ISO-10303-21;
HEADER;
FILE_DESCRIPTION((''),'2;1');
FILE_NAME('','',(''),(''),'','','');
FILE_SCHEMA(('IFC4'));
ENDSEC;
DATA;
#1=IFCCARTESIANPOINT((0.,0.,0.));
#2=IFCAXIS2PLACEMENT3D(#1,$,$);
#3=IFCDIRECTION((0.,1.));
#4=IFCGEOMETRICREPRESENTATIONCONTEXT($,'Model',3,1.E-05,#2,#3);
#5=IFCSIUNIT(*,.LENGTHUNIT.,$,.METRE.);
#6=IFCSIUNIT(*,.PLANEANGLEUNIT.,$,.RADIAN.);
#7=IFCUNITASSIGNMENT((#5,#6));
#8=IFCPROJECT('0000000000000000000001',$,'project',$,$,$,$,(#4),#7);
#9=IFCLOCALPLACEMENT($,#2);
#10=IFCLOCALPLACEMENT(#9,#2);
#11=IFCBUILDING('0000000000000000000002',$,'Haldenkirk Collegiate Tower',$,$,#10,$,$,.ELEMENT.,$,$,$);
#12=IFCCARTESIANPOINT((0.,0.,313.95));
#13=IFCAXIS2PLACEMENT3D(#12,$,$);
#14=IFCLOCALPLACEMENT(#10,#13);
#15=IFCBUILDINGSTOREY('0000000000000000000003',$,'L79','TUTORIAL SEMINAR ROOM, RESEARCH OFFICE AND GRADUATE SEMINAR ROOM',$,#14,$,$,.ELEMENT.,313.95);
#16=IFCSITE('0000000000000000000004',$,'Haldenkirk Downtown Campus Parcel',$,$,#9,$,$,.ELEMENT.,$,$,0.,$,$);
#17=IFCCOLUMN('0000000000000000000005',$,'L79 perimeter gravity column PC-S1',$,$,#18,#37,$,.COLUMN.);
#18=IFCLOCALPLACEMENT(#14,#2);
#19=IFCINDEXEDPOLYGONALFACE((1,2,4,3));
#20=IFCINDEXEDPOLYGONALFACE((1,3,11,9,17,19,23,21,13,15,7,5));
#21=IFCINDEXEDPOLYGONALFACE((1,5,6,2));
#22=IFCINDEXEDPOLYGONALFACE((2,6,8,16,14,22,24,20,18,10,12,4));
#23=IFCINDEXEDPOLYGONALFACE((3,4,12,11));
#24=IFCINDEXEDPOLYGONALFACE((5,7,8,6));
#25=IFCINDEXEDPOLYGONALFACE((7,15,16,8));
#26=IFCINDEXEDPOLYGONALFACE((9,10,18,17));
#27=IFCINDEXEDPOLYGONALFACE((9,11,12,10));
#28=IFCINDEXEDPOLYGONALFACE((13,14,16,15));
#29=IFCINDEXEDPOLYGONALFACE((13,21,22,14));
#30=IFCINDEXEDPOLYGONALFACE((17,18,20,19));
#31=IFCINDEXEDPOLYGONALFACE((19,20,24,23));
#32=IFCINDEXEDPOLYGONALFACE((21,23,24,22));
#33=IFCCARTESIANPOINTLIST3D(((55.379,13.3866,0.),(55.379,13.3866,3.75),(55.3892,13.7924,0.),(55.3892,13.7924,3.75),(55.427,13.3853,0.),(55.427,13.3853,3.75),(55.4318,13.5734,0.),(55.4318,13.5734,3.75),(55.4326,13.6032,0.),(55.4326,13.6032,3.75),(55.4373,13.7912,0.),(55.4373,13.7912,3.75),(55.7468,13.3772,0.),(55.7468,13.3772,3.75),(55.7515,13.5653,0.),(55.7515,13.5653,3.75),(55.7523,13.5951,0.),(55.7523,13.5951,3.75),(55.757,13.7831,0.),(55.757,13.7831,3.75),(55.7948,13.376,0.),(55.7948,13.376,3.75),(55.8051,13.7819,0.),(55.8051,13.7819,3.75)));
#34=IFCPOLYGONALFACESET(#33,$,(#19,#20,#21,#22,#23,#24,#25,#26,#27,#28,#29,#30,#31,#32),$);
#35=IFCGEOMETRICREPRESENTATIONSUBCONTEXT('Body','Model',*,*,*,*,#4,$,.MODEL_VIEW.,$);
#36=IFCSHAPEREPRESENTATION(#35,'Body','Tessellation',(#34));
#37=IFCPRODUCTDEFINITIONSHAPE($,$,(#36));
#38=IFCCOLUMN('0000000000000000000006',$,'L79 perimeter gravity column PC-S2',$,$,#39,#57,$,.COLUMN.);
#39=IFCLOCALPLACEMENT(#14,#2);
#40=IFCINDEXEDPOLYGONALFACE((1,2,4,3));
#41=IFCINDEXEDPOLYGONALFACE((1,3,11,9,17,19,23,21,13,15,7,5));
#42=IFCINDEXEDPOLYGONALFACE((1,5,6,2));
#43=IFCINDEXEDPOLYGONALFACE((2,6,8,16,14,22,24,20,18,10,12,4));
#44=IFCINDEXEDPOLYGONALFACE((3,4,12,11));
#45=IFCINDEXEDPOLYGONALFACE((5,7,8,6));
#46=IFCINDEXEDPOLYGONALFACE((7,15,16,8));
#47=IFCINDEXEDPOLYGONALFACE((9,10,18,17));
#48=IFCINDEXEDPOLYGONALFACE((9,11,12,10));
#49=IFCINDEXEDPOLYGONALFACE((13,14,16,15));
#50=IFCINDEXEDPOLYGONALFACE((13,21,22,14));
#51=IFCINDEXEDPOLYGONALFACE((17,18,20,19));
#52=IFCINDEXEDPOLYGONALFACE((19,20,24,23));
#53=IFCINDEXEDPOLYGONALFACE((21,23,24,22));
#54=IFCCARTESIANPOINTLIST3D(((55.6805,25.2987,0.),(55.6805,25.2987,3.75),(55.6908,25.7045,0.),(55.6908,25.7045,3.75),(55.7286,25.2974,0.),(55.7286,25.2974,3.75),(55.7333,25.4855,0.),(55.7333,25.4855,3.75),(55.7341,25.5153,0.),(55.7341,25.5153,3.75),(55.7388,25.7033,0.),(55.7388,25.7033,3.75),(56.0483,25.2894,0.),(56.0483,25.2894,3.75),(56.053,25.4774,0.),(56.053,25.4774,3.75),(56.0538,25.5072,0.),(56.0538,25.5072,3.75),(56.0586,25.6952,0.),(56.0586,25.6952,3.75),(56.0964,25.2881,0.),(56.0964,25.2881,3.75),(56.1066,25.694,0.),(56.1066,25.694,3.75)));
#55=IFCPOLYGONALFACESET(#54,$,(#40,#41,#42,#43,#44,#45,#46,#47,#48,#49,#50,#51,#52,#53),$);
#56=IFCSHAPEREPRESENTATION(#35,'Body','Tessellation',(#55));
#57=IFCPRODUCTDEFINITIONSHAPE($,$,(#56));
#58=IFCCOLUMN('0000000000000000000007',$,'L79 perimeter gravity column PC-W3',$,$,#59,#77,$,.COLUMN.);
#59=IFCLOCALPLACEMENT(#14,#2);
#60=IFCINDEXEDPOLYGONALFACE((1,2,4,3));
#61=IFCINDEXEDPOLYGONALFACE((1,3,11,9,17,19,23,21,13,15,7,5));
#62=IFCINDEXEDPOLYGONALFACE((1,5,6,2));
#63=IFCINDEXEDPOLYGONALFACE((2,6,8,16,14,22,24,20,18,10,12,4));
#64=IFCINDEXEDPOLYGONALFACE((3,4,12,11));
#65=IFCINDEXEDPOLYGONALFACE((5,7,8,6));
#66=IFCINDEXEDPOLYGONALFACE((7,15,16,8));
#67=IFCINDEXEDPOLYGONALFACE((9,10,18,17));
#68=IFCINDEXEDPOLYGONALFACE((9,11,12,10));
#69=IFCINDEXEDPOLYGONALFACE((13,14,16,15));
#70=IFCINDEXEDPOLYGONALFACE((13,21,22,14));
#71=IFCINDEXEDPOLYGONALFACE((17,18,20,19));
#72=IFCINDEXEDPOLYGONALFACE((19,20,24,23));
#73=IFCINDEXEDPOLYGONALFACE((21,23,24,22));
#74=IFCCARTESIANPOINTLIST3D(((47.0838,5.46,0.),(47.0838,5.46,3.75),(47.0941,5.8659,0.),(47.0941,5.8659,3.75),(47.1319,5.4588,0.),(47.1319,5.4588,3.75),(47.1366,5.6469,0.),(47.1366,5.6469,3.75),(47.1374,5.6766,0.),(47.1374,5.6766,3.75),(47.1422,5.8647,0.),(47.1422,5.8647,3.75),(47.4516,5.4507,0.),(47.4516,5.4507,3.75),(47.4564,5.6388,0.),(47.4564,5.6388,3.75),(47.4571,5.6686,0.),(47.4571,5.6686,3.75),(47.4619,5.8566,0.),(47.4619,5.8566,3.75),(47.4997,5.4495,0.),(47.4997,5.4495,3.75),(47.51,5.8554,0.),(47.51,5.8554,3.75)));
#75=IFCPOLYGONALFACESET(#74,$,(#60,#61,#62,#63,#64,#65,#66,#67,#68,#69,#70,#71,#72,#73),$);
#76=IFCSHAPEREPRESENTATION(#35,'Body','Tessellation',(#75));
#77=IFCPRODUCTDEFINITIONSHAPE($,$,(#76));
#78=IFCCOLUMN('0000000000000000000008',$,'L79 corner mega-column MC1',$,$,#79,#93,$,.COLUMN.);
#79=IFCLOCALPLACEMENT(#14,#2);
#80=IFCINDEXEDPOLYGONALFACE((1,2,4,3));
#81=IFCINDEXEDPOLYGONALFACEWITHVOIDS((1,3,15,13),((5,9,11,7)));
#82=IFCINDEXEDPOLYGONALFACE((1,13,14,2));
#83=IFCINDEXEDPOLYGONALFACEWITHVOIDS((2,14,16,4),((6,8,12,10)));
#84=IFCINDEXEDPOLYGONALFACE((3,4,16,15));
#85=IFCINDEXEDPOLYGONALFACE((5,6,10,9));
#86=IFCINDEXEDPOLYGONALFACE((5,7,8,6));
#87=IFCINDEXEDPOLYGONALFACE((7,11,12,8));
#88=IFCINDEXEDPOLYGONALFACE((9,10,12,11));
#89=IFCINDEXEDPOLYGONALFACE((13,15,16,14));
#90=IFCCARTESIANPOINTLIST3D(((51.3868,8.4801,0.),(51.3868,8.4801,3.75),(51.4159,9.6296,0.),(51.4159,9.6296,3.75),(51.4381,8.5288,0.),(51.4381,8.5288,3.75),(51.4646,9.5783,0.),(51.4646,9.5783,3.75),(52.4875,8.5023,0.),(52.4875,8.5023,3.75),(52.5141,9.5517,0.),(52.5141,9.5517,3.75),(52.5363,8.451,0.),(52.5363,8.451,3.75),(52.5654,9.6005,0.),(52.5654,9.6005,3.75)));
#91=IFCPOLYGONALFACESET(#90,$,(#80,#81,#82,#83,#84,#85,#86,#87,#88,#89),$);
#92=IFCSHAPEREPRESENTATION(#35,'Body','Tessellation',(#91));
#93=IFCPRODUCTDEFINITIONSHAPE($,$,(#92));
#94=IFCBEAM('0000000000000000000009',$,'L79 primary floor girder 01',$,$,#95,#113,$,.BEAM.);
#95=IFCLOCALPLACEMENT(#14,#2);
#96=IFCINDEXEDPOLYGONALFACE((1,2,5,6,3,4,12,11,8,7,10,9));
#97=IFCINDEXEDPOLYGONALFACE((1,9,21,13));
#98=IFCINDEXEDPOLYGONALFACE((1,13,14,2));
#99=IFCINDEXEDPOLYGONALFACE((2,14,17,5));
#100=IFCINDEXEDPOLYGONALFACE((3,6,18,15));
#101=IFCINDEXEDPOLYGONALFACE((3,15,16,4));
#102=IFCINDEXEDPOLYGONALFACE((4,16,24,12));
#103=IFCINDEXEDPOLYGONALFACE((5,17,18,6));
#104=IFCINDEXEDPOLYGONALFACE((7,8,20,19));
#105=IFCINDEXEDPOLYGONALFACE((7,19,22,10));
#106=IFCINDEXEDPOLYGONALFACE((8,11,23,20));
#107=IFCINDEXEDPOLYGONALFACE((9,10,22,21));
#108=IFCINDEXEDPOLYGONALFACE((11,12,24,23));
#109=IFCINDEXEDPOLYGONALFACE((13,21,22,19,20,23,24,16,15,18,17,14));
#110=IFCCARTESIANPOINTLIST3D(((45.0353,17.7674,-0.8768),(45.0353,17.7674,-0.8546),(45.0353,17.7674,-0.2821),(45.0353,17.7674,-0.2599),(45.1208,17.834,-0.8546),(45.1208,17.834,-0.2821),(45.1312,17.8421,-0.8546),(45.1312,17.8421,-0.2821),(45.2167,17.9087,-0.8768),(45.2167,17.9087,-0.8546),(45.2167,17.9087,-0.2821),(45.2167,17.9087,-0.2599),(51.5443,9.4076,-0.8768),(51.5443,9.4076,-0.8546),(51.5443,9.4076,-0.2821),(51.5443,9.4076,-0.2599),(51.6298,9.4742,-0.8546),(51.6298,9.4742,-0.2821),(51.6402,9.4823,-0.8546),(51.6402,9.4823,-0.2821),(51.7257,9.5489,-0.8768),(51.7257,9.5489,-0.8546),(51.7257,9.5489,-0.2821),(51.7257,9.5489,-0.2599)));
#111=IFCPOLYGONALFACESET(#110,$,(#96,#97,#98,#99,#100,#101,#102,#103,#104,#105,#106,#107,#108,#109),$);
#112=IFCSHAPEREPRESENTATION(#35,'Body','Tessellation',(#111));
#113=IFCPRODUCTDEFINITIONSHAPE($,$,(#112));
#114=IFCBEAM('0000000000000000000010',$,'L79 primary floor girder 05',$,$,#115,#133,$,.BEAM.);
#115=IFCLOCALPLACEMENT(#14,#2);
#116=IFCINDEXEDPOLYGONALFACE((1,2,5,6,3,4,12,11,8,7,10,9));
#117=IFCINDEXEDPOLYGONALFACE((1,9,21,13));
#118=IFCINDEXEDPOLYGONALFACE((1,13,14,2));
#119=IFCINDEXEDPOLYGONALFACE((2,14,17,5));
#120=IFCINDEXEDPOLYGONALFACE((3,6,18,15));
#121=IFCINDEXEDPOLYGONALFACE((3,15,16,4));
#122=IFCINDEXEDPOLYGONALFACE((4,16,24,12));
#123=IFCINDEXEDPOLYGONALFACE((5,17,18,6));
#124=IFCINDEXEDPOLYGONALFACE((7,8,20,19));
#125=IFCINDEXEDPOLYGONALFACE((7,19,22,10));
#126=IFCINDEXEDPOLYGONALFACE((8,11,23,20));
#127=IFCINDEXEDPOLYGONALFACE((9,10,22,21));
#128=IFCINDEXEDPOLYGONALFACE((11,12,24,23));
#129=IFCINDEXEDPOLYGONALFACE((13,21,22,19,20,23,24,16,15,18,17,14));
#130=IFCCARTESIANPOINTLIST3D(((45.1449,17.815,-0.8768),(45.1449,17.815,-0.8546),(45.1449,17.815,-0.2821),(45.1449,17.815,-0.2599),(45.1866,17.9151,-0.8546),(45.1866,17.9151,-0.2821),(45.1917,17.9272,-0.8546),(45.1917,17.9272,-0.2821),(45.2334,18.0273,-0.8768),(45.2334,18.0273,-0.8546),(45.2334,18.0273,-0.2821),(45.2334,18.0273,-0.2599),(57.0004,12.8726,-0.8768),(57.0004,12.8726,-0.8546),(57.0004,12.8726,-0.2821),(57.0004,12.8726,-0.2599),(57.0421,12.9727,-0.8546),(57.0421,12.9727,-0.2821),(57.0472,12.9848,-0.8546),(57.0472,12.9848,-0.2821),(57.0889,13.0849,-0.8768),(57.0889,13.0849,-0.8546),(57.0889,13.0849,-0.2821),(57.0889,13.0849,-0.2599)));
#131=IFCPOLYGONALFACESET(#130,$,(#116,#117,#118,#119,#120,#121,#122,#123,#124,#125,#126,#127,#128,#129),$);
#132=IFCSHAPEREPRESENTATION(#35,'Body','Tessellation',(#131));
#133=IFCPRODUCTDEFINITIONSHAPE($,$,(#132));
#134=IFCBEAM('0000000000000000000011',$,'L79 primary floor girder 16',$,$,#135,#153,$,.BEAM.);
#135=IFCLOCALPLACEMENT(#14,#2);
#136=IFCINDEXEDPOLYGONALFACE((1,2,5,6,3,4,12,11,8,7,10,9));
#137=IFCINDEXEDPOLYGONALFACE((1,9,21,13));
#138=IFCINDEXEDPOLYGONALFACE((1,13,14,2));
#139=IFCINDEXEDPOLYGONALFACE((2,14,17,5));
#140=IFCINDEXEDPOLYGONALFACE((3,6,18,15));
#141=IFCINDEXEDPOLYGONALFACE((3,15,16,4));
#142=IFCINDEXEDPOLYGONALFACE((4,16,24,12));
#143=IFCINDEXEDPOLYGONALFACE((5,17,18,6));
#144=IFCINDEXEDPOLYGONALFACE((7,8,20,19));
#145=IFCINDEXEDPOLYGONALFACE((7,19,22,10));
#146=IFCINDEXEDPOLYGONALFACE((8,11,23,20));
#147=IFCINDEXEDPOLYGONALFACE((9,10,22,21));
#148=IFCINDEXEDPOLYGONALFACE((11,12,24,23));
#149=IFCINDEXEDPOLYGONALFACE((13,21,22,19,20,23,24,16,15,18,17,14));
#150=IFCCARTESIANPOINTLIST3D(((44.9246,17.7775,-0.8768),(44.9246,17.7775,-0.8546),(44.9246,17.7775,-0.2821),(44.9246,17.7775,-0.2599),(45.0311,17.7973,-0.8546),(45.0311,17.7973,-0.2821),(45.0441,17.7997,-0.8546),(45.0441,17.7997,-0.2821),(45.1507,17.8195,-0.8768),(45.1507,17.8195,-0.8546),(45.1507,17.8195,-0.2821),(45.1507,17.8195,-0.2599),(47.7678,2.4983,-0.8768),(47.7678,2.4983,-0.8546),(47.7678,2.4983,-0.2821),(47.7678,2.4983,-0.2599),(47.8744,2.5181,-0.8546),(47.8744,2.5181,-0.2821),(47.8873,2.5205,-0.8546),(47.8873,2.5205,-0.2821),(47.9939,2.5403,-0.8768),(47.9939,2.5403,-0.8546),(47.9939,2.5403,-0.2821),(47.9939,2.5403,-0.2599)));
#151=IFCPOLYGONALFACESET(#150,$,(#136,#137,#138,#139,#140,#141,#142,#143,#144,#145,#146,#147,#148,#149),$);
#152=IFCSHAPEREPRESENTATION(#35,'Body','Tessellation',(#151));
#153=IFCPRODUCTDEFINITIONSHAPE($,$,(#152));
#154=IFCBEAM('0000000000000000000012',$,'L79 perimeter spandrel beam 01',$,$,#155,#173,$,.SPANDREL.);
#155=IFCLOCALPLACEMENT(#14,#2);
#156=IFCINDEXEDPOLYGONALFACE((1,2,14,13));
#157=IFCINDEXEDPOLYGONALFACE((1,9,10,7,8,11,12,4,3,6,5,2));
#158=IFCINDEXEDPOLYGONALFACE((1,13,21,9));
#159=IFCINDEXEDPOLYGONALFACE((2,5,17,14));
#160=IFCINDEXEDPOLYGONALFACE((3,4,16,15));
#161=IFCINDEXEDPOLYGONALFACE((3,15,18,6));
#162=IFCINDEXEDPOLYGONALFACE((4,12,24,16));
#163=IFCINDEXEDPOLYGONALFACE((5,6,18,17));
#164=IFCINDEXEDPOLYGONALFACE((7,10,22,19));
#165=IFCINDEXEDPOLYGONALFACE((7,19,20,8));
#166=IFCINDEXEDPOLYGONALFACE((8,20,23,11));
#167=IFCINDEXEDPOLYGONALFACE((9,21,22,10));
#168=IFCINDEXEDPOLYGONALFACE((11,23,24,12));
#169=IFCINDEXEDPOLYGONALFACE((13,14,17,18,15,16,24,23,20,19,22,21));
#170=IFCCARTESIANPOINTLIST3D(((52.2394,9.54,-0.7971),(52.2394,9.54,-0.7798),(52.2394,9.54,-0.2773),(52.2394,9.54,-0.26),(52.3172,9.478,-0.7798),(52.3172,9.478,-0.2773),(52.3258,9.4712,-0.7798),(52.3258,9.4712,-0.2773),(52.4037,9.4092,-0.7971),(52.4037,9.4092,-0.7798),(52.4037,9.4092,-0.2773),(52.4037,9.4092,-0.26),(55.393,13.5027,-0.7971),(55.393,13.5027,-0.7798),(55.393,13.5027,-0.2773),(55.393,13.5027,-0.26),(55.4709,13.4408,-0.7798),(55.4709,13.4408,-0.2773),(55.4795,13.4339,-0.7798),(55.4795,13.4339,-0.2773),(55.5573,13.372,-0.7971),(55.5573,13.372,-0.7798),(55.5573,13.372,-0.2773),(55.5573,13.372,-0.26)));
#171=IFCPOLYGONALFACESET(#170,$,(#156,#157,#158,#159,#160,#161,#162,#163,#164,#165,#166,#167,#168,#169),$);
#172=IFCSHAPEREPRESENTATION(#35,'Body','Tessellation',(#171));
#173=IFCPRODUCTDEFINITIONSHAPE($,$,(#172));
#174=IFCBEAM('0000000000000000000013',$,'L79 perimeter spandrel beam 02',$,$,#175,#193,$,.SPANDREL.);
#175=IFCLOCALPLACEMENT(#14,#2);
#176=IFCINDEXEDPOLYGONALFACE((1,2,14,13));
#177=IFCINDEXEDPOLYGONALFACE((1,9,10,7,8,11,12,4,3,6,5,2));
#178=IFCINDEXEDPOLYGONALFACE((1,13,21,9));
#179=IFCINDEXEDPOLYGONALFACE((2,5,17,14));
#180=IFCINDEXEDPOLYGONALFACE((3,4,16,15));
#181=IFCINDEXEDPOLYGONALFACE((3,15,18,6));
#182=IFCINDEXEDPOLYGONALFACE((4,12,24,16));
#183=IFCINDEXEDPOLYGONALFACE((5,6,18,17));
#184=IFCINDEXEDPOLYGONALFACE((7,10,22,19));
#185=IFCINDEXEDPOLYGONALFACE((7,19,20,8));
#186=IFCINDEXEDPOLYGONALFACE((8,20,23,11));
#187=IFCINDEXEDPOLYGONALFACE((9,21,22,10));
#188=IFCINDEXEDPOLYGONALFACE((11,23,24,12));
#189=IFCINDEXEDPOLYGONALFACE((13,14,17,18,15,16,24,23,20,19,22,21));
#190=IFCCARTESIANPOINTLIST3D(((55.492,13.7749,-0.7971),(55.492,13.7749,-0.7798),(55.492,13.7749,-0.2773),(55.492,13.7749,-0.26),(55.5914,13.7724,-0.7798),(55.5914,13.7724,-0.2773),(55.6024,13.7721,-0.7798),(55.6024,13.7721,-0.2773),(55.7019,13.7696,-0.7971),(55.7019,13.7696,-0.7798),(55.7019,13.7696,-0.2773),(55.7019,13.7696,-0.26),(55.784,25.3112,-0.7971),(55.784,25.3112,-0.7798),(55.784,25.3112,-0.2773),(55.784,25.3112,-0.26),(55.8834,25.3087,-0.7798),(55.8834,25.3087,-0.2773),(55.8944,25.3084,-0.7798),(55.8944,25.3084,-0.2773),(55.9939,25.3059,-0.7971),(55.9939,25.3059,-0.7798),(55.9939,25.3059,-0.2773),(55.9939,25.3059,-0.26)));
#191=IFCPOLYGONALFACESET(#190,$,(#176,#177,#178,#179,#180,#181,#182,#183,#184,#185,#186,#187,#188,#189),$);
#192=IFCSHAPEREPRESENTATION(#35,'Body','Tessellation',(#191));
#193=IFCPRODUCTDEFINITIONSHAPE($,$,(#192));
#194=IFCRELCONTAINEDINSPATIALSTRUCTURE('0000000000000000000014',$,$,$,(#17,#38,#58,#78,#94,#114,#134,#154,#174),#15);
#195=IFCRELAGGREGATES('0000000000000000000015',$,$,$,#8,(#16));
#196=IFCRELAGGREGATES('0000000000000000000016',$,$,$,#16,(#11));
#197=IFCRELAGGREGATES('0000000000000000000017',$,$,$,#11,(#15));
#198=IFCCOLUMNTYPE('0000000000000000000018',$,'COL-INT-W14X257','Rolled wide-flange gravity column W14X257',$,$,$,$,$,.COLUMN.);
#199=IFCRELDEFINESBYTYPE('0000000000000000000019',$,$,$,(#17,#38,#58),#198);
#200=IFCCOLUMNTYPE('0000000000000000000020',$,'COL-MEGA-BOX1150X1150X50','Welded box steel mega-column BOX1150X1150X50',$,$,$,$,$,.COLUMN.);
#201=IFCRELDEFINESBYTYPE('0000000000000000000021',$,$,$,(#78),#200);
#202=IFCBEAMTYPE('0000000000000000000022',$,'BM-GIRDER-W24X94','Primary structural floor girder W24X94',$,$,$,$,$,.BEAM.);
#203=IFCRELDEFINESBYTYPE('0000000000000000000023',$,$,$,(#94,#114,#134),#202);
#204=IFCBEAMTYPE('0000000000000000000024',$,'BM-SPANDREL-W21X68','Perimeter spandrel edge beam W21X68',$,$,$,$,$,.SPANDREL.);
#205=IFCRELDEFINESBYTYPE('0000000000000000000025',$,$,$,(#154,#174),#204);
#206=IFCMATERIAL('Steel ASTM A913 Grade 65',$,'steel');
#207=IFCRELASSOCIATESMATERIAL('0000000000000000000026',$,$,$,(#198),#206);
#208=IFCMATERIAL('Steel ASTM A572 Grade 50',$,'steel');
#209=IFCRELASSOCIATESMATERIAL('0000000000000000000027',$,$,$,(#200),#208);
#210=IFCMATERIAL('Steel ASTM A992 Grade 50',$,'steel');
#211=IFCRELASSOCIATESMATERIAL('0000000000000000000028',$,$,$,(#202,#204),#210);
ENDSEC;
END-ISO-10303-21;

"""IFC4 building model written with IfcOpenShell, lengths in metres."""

from ifc_helpers import new_model, si_unit, direction, frame, origin, origin_2d, place, context, subcontext, project, spatial, hollow_rectangle, i_section, extrude, material, material_profile, profile_set, type_object, element, save


model = new_model("IFC4")

# Units and contexts
model_context = context("Model", 3, precision=1e-05, world=origin(), true_north=direction((0.0, 1.0)))
body_context = subcontext(model_context, "Body", "Model", "MODEL_VIEW")
ifc_project = project(units=[si_unit("LENGTHUNIT", "METRE"), si_unit("PLANEANGLEUNIT", "RADIAN")], contexts=[model_context])

# Site, building, storey
site_placement = place(None, origin())
site = spatial("IfcSite", under=ifc_project, at=site_placement, Name="Haldenkirk Downtown Campus Parcel", CompositionType="ELEMENT", RefElevation=0.0)
building_placement = place(site_placement, origin())
building = spatial("IfcBuilding", under=site, at=building_placement, Name="Haldenkirk Collegiate Tower", CompositionType="ELEMENT")
storey_placement = place(building_placement, frame((0.0, 0.0, 313.95)))
storey = spatial("IfcBuildingStorey", under=building, at=storey_placement, Name="L79", Description="TUTORIAL SEMINAR ROOM, RESEARCH OFFICE AND GRADUATE SEMINAR ROOM", CompositionType="ELEMENT", Elevation=313.95)

# Columns
ifc_material_1 = material(Name="Steel ASTM A913 Grade 65", Category="steel")
ifc_material_profile_1 = material_profile(ifc_material_1, i_section(OverallWidth=0.406, OverallDepth=0.416, WebThickness=0.0298, FlangeThickness=0.0481, at=origin_2d()), Name="W14X257")
ifc_profile_set_1 = profile_set([ifc_material_profile_1], Name="Steel ASTM A913 Grade 65")
column_type_1 = type_object("IfcColumnType", Name="COL-INT-W14X257", Description="Rolled wide-flange gravity column W14X257", PredefinedType="COLUMN", material=ifc_profile_set_1)
for number, where, z_axis, x_axis, name in (
    (1, (55.592, 13.5842, 0.0), (0.0, 0.0, 1.0), (0.025305, 0.99968, 0.0), "L79 perimeter gravity column PC-S1"),
    (2, (55.8936, 25.4963, 0.0), (0.0, 0.0, 1.0), (0.025305, 0.99968, 0.0), "L79 perimeter gravity column PC-S2"),
    (3, (47.2969, 5.6577, 0.0), (0.0, 0.0, 1.0), (0.025305, 0.99968, 0.0), "L79 perimeter gravity column PC-W3"),
):
    element("IfcColumn", number, at=place(storey_placement, frame(where, z_axis=z_axis, x_axis=x_axis)), inside=storey, type_object=column_type_1, Name=name, PredefinedType="COLUMN", context=body_context, shape_type="SweptSolid", body=[
        extrude(i_section(OverallWidth=0.406, OverallDepth=0.416, WebThickness=0.0298, FlangeThickness=0.0481, at=origin_2d()), origin(), (0.0, 0.0, 1.0), 3.75),
    ])
ifc_material_2 = material(Name="Steel ASTM A572 Grade 50", Category="steel")
ifc_material_profile_2 = material_profile(ifc_material_2, hollow_rectangle(XDim=1.1499, YDim=1.1499, WallThickness=0.05, at=origin_2d()), Name="BOX1150X1150X50")
ifc_profile_set_2 = profile_set([ifc_material_profile_2], Name="Steel ASTM A572 Grade 50")
column_type_2 = type_object("IfcColumnType", Name="COL-MEGA-BOX1150X1150X50", Description="Welded box steel mega-column BOX1150X1150X50", PredefinedType="COLUMN", material=ifc_profile_set_2)
column_placement = place(storey_placement, frame((51.9761, 9.0403, 0.0), z_axis=(0.0, 0.0, 1.0), x_axis=(0.025305, 0.99968, 0.0)))
element("IfcColumn", 4, at=column_placement, inside=storey, type_object=column_type_2, Name="L79 corner mega-column MC1", PredefinedType="COLUMN", context=body_context, shape_type="SweptSolid", body=[
    extrude(hollow_rectangle(XDim=1.1499, YDim=1.1499, WallThickness=0.05, at=origin_2d()), origin(), (0.0, 0.0, 1.0), 3.75),
])

# Beams
ifc_material_3 = material(Name="Steel ASTM A992 Grade 50", Category="steel")
ifc_material_profile_3 = material_profile(ifc_material_3, i_section(OverallWidth=0.23, OverallDepth=0.6169, WebThickness=0.0132, FlangeThickness=0.0222, at=origin_2d()), Name="W24X94")
ifc_profile_set_3 = profile_set([ifc_material_profile_3], Name="Steel ASTM A992 Grade 50")
beam_type_1 = type_object("IfcBeamType", Name="BM-GIRDER-W24X94", Description="Primary structural floor girder W24X94", PredefinedType="BEAM", material=ifc_profile_set_3)
beam_1_placement = place(storey_placement, frame((51.635, 9.4783, -0.5684), z_axis=(-0.614347, 0.789036, 0.0), x_axis=(-0.789036, -0.614347, 0.0)))
element("IfcBeam", 5, at=beam_1_placement, inside=storey, type_object=beam_type_1, Name="L79 primary floor girder 01", PredefinedType="BEAM", context=body_context, shape_type="SweptSolid", body=[
    extrude(i_section(OverallWidth=0.23, OverallDepth=0.6169, WebThickness=0.0132, FlangeThickness=0.0222, at=origin_2d()), origin(), (0.0, 0.0, 1.0), 10.595),
])
beam_2_placement = place(storey_placement, frame((57.0447, 12.9788, -0.5684), z_axis=(-0.923005, 0.384788, 0.0), x_axis=(-0.384788, -0.923005, 0.0)))
element("IfcBeam", 6, at=beam_2_placement, inside=storey, type_object=beam_type_1, Name="L79 primary floor girder 05", PredefinedType="BEAM", context=body_context, shape_type="SweptSolid", body=[
    extrude(i_section(OverallWidth=0.23, OverallDepth=0.6169, WebThickness=0.0132, FlangeThickness=0.0222, at=origin_2d()), origin(), (0.0, 0.0, 1.0), 12.8445),
])
beam_3_placement = place(storey_placement, frame((47.8809, 2.5193, -0.5684), z_axis=(-0.182945, 0.983123, 0.0), x_axis=(-0.983123, -0.182945, 0.0)))
element("IfcBeam", 7, at=beam_3_placement, inside=storey, type_object=beam_type_1, Name="L79 primary floor girder 16", PredefinedType="BEAM", context=body_context, shape_type="SweptSolid", body=[
    extrude(i_section(OverallWidth=0.23, OverallDepth=0.6169, WebThickness=0.0132, FlangeThickness=0.0222, at=origin_2d()), origin(), (0.0, 0.0, 1.0), 15.5415),
])
ifc_material_profile_4 = material_profile(ifc_material_3, i_section(OverallWidth=0.21, OverallDepth=0.5371, WebThickness=0.011, FlangeThickness=0.0173, at=origin_2d()), Name="W21X68")
ifc_profile_set_4 = profile_set([ifc_material_profile_4], Name="Steel ASTM A992 Grade 50")
beam_type_2 = type_object("IfcBeamType", Name="BM-SPANDREL-W21X68", Description="Perimeter spandrel edge beam W21X68", PredefinedType="SPANDREL", material=ifc_profile_set_4)
beam_4_placement = place(storey_placement, frame((52.3215, 9.4746, -0.5286), z_axis=(0.6227, 0.782461, 0.0), x_axis=(-0.782461, 0.6227, 0.0)))
element("IfcBeam", 8, at=beam_4_placement, inside=storey, type_object=beam_type_2, Name="L79 perimeter spandrel beam 01", PredefinedType="SPANDREL", context=body_context, shape_type="SweptSolid", body=[
    extrude(i_section(OverallWidth=0.21, OverallDepth=0.5371, WebThickness=0.011, FlangeThickness=0.0173, at=origin_2d()), origin(), (0.0, 0.0, 1.0), 5.0645),
])
beam_5_placement = place(storey_placement, frame((55.5969, 13.7722, -0.5286), z_axis=(0.025302, 0.99968, 0.0), x_axis=(-0.99968, 0.025302, 0.0)))
element("IfcBeam", 9, at=beam_5_placement, inside=storey, type_object=beam_type_2, Name="L79 perimeter spandrel beam 02", PredefinedType="SPANDREL", context=body_context, shape_type="SweptSolid", body=[
    extrude(i_section(OverallWidth=0.21, OverallDepth=0.5371, WebThickness=0.011, FlangeThickness=0.0173, at=origin_2d()), origin(), (0.0, 0.0, 1.0), 11.54),
])

save(model, "model.ifc")
